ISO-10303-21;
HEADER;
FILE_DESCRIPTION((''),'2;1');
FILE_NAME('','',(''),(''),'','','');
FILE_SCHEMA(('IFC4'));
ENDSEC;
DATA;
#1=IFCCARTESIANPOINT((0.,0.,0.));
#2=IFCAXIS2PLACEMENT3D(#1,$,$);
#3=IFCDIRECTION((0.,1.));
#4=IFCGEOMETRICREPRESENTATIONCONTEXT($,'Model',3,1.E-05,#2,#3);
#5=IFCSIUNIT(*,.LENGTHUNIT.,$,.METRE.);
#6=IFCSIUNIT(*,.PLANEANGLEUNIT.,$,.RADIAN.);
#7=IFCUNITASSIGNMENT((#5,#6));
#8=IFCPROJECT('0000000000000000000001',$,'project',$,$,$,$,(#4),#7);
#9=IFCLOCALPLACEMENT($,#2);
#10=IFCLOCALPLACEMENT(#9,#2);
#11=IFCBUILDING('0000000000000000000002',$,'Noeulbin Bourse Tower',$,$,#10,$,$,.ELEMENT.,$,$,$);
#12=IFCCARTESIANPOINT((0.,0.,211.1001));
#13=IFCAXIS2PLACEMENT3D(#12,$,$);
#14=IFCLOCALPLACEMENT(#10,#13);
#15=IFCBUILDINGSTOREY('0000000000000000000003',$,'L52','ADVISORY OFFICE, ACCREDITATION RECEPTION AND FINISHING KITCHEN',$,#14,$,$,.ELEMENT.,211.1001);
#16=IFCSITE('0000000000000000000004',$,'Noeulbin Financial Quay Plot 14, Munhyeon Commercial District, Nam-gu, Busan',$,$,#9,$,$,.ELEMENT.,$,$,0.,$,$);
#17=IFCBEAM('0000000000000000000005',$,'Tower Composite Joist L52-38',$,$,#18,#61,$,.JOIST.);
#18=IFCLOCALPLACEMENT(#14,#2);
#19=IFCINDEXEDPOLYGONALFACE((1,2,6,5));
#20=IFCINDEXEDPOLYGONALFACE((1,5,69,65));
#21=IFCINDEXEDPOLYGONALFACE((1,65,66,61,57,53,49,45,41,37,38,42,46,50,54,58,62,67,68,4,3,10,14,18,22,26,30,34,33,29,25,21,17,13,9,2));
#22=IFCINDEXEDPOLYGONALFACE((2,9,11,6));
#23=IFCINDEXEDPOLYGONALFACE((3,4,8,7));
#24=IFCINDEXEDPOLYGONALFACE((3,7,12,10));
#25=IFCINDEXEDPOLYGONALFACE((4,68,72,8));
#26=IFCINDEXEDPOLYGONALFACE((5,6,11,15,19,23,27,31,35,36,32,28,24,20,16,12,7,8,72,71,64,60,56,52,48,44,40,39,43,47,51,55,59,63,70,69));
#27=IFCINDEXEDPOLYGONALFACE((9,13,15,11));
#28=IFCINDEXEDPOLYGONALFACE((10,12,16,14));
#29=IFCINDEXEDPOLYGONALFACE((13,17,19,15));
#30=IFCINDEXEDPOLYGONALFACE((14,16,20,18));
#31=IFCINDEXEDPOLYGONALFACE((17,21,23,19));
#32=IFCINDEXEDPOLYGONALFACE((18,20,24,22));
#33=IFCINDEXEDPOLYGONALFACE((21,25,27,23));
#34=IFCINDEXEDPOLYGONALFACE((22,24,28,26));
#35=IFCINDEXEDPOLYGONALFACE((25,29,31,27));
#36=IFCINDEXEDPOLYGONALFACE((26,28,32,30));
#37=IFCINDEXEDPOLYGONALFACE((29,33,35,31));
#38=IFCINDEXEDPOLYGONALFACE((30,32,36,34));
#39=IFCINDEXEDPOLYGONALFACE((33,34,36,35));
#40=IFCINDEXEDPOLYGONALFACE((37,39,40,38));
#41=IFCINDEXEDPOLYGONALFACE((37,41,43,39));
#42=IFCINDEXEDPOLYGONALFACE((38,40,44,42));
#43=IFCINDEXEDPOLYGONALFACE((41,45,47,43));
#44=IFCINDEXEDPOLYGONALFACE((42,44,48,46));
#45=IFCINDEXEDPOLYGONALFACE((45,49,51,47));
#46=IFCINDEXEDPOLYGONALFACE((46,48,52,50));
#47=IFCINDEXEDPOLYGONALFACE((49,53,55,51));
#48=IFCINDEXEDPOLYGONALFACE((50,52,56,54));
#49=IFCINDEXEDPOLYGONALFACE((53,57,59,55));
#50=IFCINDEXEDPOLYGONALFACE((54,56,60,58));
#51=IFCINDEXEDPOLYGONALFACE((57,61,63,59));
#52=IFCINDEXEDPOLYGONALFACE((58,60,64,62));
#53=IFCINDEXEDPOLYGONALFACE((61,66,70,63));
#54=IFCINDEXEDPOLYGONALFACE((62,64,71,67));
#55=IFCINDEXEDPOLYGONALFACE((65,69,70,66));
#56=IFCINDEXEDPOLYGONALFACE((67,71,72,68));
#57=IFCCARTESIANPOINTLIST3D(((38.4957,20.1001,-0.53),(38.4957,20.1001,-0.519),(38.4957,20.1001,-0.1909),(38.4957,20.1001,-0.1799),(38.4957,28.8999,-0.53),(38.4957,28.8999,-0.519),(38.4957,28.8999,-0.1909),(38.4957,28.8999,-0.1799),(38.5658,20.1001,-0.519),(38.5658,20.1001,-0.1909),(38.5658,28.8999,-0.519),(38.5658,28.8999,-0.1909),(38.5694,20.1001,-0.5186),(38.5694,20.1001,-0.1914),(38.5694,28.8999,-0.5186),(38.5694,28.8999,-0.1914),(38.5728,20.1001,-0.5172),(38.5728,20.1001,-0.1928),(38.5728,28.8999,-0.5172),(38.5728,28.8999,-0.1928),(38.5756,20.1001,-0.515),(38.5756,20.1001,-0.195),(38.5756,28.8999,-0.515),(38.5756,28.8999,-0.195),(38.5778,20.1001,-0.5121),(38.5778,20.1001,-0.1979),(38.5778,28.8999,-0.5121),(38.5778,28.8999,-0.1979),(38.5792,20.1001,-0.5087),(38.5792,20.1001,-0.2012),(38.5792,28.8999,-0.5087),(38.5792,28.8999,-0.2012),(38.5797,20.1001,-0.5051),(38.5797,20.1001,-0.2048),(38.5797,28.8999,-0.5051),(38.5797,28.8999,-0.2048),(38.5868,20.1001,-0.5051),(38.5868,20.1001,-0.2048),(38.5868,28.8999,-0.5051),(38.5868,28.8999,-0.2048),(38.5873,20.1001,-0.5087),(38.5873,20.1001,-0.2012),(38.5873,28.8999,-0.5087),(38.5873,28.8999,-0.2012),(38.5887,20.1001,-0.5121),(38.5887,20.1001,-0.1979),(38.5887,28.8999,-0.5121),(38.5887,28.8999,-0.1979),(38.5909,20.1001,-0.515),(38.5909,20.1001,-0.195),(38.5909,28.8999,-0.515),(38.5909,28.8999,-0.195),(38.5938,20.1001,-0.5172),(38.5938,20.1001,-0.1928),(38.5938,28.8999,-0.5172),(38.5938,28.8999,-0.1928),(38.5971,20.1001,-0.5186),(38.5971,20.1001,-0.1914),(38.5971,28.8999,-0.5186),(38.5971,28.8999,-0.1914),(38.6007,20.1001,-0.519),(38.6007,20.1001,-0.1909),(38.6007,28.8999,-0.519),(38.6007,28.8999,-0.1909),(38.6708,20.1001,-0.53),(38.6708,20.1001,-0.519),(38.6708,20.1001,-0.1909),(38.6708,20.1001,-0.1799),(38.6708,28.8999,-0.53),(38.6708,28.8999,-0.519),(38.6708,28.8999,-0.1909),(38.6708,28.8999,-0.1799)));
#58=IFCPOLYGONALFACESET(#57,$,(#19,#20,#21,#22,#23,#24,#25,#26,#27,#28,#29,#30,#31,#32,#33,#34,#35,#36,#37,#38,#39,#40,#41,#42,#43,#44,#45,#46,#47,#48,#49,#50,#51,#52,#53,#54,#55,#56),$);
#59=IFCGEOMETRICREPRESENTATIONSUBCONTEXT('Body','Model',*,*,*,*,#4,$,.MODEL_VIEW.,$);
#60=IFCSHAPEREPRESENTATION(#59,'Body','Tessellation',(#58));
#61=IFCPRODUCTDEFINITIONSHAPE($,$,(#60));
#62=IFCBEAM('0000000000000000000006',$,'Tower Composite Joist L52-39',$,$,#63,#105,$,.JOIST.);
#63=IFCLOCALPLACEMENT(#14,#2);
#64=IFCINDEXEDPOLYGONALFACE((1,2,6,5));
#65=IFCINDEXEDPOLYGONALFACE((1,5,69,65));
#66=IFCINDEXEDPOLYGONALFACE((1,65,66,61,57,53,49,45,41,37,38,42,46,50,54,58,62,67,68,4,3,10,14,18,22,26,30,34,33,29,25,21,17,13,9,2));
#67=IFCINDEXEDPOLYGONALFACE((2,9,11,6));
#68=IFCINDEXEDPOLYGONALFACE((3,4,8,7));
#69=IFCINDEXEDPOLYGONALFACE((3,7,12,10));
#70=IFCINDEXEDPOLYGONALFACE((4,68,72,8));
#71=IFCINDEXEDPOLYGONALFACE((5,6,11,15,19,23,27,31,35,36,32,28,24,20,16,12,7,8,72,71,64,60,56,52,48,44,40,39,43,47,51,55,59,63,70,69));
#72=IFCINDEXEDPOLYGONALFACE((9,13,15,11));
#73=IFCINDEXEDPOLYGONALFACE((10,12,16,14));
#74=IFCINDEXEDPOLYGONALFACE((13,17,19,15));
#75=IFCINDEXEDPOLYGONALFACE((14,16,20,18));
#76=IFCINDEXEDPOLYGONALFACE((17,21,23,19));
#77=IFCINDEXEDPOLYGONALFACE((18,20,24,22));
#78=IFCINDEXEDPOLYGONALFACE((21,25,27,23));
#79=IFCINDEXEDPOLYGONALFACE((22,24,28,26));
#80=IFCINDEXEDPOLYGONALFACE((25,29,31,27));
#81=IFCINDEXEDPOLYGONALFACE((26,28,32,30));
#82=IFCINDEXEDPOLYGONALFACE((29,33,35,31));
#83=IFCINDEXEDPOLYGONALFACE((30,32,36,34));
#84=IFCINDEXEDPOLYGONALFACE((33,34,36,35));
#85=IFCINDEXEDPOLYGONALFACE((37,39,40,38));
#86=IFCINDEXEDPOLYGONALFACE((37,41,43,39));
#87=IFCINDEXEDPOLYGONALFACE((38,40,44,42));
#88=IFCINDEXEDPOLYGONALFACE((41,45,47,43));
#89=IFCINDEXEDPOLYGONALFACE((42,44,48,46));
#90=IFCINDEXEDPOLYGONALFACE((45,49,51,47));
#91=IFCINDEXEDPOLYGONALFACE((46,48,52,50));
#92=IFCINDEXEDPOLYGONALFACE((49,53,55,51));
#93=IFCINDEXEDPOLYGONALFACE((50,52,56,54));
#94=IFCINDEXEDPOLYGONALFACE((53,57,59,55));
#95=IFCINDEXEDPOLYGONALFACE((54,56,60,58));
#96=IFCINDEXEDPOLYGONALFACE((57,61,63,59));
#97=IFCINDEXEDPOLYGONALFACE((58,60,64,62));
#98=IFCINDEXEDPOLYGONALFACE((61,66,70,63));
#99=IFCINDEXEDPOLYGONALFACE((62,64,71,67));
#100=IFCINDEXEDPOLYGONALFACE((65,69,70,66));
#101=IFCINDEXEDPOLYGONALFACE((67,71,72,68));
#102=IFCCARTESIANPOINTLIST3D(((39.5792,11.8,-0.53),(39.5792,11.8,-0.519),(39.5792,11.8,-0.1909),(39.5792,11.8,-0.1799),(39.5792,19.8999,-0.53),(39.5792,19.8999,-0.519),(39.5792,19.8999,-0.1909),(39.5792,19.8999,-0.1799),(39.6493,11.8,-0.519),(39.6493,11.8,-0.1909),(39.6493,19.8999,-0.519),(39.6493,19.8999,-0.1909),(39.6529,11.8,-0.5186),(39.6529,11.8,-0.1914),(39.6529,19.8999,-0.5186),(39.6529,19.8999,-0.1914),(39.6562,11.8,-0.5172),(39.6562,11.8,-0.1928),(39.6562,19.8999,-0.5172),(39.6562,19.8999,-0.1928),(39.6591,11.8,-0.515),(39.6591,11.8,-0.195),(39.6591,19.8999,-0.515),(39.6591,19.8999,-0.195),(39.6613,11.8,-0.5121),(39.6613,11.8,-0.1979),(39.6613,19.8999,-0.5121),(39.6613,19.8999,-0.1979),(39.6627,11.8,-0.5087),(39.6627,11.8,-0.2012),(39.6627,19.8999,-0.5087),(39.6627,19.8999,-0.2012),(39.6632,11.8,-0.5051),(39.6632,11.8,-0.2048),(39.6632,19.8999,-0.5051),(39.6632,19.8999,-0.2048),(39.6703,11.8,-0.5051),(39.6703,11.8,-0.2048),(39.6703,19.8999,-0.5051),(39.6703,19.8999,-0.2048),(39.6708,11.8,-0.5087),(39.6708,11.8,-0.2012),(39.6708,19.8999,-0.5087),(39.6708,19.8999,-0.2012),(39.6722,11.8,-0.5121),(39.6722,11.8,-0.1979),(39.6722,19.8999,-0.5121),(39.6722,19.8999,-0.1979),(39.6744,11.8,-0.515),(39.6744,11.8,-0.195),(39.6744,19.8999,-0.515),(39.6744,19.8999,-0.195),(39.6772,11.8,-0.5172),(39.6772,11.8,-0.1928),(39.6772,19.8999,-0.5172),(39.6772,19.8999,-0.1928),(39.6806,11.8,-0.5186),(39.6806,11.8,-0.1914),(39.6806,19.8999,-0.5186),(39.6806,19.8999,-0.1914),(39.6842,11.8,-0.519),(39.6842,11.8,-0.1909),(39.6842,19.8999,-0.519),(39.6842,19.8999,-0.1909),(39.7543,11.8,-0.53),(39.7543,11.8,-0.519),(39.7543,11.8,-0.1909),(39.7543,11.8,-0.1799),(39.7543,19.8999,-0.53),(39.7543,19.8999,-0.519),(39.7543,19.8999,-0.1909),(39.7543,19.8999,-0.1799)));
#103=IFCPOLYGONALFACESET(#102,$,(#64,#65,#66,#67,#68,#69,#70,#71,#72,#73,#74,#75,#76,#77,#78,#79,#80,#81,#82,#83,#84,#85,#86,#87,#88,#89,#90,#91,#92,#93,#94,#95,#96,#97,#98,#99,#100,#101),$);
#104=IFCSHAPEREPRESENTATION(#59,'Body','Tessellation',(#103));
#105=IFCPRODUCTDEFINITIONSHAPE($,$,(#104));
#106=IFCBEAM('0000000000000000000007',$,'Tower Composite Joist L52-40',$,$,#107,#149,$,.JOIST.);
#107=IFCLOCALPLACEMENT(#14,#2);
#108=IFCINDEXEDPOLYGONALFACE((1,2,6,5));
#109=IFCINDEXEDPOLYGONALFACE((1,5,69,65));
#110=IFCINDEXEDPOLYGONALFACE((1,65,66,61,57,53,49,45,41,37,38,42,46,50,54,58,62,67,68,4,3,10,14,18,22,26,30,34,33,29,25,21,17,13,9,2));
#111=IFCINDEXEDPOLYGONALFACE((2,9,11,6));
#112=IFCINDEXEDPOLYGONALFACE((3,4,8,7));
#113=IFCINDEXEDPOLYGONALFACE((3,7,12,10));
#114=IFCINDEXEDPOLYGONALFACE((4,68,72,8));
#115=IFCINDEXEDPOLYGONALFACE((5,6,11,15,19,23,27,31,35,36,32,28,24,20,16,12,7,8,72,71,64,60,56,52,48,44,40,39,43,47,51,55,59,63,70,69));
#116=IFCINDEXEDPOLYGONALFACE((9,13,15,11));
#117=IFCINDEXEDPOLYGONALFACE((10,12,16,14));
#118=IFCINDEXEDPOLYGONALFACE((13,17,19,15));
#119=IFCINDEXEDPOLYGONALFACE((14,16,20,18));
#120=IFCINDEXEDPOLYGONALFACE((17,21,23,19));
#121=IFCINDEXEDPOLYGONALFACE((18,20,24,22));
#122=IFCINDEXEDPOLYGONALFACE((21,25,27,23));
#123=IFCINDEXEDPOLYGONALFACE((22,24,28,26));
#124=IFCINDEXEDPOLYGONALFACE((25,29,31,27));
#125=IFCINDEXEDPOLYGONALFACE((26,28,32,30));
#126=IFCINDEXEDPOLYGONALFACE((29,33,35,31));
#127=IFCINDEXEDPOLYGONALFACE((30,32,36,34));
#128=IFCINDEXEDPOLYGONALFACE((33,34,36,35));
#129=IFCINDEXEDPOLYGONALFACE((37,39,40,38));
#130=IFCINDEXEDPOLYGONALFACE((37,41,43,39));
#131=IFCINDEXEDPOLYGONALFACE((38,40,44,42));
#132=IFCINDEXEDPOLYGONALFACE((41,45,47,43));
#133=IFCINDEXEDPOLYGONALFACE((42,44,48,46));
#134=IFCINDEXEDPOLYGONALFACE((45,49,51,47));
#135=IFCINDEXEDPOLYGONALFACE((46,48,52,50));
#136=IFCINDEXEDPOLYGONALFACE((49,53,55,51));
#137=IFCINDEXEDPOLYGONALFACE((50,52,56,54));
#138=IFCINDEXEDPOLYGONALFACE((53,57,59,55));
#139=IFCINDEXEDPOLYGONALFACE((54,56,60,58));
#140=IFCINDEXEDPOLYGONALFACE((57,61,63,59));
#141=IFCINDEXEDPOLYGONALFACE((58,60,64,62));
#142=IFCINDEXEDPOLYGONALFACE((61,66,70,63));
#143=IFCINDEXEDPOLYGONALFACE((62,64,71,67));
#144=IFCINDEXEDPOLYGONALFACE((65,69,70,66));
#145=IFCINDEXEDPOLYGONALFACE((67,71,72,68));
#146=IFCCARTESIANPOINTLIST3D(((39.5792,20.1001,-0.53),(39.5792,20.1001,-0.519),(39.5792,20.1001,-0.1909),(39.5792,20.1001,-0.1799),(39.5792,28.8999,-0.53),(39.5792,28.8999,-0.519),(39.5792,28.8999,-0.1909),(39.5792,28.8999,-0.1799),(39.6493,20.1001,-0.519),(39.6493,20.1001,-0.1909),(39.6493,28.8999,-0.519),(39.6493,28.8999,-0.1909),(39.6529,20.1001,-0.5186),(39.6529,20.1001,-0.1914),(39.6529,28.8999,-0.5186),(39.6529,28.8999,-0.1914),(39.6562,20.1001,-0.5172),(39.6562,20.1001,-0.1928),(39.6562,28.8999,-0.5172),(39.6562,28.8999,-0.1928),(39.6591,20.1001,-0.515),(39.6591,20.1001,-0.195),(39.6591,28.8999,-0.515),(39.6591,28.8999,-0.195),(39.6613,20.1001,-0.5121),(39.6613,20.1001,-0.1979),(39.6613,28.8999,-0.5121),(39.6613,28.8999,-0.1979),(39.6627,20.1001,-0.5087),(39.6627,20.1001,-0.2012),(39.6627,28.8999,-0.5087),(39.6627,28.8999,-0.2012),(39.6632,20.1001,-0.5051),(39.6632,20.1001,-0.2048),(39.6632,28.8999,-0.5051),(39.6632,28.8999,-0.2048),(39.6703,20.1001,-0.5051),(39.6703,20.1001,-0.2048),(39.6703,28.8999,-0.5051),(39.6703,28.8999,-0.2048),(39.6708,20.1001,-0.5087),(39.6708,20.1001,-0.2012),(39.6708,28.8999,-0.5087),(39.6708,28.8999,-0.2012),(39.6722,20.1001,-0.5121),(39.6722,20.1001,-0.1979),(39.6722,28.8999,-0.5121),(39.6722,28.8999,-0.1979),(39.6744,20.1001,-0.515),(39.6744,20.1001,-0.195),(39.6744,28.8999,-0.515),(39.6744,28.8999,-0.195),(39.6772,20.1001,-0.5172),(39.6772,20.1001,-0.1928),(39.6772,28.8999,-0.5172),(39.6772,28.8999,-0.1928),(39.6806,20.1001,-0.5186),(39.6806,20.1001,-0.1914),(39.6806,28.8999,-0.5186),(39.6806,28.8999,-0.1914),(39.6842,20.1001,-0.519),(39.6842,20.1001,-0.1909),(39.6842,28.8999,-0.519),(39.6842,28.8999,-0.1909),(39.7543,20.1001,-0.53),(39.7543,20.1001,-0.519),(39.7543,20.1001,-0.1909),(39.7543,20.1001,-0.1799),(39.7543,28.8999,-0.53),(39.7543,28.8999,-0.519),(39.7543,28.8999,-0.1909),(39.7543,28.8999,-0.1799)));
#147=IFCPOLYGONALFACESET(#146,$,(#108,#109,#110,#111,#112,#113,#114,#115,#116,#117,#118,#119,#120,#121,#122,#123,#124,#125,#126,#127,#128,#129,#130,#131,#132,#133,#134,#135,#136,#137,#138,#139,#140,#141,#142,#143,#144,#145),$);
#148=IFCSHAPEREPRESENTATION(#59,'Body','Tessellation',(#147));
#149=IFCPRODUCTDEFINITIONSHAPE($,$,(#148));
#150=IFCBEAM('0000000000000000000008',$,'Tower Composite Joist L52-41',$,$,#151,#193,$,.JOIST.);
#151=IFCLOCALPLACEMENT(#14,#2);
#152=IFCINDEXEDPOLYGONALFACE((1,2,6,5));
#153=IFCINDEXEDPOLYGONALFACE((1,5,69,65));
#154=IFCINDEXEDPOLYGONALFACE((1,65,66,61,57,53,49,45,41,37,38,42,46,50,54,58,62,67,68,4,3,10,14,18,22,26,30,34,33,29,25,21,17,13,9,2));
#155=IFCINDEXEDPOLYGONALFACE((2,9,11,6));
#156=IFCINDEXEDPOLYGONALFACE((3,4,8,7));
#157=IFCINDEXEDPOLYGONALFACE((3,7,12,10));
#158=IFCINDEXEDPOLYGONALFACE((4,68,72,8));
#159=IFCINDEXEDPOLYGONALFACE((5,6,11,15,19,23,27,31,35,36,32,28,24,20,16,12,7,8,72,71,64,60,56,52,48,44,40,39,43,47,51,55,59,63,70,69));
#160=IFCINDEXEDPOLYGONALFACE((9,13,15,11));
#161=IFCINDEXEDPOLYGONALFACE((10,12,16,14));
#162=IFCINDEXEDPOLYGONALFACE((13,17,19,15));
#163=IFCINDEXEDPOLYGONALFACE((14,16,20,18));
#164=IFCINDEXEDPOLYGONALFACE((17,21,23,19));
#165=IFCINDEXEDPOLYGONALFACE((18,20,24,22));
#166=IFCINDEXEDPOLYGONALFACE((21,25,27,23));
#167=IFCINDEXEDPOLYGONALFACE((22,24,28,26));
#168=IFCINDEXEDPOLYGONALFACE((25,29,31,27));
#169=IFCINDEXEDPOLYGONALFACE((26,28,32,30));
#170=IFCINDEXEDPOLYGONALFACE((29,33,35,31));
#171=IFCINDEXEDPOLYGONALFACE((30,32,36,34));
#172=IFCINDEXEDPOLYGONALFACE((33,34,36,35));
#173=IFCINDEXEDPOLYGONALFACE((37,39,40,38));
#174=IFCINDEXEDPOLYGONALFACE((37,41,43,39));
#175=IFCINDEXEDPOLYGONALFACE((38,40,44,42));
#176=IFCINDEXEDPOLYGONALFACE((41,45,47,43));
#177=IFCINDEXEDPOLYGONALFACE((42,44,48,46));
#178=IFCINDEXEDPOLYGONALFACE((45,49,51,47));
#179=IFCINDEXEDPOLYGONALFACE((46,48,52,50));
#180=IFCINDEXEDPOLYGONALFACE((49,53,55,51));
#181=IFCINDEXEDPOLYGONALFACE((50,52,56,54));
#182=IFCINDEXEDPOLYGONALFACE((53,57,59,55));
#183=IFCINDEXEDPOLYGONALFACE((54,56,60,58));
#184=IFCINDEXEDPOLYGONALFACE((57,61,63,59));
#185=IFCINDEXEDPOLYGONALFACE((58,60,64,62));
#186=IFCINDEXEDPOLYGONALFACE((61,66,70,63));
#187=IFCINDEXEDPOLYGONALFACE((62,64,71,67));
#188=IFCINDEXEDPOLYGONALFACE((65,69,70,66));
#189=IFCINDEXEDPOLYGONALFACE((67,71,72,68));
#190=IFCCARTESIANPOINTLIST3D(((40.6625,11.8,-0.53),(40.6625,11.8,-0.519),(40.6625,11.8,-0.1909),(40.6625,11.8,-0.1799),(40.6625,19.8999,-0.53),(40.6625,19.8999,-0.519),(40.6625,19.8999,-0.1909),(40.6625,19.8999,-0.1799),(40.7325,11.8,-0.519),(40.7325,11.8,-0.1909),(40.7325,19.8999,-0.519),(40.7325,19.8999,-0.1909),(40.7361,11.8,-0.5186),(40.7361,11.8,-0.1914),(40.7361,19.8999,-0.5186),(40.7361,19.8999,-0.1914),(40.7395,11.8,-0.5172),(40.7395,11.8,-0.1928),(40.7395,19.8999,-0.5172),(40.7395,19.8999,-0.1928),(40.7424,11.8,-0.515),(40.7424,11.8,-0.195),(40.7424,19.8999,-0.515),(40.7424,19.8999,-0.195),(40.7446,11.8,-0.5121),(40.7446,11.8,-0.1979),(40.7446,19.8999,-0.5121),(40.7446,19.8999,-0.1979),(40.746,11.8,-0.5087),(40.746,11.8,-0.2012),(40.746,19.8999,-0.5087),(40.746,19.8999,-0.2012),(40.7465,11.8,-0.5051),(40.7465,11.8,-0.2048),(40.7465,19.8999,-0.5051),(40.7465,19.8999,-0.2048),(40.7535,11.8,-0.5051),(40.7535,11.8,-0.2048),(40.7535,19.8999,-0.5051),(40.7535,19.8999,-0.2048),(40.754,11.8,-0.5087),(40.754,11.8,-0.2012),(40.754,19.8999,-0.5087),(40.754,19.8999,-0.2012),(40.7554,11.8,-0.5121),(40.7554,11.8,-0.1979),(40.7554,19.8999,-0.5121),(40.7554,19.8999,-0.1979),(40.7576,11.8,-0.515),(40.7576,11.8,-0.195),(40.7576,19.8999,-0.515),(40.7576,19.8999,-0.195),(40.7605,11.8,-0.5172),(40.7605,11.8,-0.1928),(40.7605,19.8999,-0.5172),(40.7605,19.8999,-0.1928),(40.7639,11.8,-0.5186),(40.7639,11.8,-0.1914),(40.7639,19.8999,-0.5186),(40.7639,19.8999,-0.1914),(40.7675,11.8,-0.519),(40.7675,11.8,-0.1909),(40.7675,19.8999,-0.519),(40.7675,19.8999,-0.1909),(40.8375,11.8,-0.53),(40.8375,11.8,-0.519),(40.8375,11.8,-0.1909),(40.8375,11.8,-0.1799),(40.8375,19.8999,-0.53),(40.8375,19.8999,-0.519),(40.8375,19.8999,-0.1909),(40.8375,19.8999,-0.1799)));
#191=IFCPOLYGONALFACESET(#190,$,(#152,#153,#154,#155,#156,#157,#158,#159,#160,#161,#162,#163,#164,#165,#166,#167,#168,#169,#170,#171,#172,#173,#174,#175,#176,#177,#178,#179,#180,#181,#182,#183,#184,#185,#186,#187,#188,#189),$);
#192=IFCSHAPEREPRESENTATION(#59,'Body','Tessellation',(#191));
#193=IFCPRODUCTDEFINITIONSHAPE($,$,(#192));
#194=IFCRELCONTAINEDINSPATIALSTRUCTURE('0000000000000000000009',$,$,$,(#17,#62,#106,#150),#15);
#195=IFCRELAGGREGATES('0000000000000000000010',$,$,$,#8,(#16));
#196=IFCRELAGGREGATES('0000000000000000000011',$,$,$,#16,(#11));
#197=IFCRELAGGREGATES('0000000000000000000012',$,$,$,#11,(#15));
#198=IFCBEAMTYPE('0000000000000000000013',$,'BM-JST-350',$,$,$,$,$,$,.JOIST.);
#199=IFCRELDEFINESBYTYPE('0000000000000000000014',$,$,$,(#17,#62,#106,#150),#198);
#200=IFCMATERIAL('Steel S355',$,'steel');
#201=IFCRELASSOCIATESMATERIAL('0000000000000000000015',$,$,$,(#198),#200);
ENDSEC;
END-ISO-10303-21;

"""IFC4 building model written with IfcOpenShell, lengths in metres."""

from ifc_helpers import new_model, si_unit, direction, frame, origin, origin_2d, place, context, subcontext, project, spatial, i_section, extrude, material, material_profile, profile_set, type_object, element, save


model = new_model("IFC4")

# Units and contexts
model_context = context("Model", 3, precision=1e-05, world=origin(), true_north=direction((0.0, 1.0)))
body_context = subcontext(model_context, "Body", "Model", "MODEL_VIEW")
ifc_project = project(units=[si_unit("LENGTHUNIT", "METRE"), si_unit("PLANEANGLEUNIT", "RADIAN")], contexts=[model_context])

# Site, building, storey
site_placement = place(None, origin())
site = spatial("IfcSite", under=ifc_project, at=site_placement, Name="Noeulbin Financial Quay Plot 14, Munhyeon Commercial District, Nam-gu, Busan", CompositionType="ELEMENT", RefElevation=0.0)
building_placement = place(site_placement, origin())
building = spatial("IfcBuilding", under=site, at=building_placement, Name="Noeulbin Bourse Tower", CompositionType="ELEMENT")
storey_placement = place(building_placement, frame((0.0, 0.0, 211.1001)))
storey = spatial("IfcBuildingStorey", under=building, at=storey_placement, Name="L52", Description="ADVISORY OFFICE, ACCREDITATION RECEPTION AND FINISHING KITCHEN", CompositionType="ELEMENT", Elevation=211.1001)

# Shared definitions
ifc_material_1 = material(Name="Steel S355", Category="steel")

# Beams
ifc_material_profile_1 = material_profile(ifc_material_1, i_section(OverallWidth=0.175, OverallDepth=0.3501, WebThickness=0.0071, FlangeThickness=0.011, FilletRadius=0.0139, at=origin_2d()), Name="H-350x175x7x11", Category="LoadBearing")
ifc_profile_set_1 = profile_set([ifc_material_profile_1], Name="Steel S355")
beam_type_1 = type_object("IfcBeamType", Name="BM-JST-350", PredefinedType="JOIST", material=ifc_profile_set_1)
beam_1_placement = place(storey_placement, frame((38.5833, 20.1001, -0.355), z_axis=(0.0, 1.0, 0.0), x_axis=(-1.0, 0.0, 0.0)))
element("IfcBeam", 1, at=beam_1_placement, inside=storey, type_object=beam_type_1, Name="Tower Composite Joist L52-38", PredefinedType="JOIST", context=body_context, shape_type="SweptSolid", body=[
    extrude(i_section(OverallWidth=0.175, OverallDepth=0.3501, WebThickness=0.0071, FlangeThickness=0.011, FilletRadius=0.0139, at=origin_2d()), origin(), (0.0, 0.0, 1.0), 8.7998),
])
beam_2_placement = place(storey_placement, frame((39.6667, 11.8, -0.355), z_axis=(0.0, 1.0, 0.0), x_axis=(-1.0, 0.0, 0.0)))
element("IfcBeam", 2, at=beam_2_placement, inside=storey, type_object=beam_type_1, Name="Tower Composite Joist L52-39", PredefinedType="JOIST", context=body_context, shape_type="SweptSolid", body=[
    extrude(i_section(OverallWidth=0.175, OverallDepth=0.3501, WebThickness=0.0071, FlangeThickness=0.011, FilletRadius=0.0139, at=origin_2d()), origin(), (0.0, 0.0, 1.0), 8.0999),
])
beam_3_placement = place(storey_placement, frame((39.6667, 20.1001, -0.355), z_axis=(0.0, 1.0, 0.0), x_axis=(-1.0, 0.0, 0.0)))
element("IfcBeam", 3, at=beam_3_placement, inside=storey, type_object=beam_type_1, Name="Tower Composite Joist L52-40", PredefinedType="JOIST", context=body_context, shape_type="SweptSolid", body=[
    extrude(i_section(OverallWidth=0.175, OverallDepth=0.3501, WebThickness=0.0071, FlangeThickness=0.011, FilletRadius=0.0139, at=origin_2d()), origin(), (0.0, 0.0, 1.0), 8.7998),
])
for number, where, z_axis, x_axis, name in (
    (4, (40.75, 11.8, -0.355), (0.0, 1.0, 0.0), (-1.0, 0.0, 0.0), "Tower Composite Joist L52-41"),
):
    element("IfcBeam", number, at=place(storey_placement, frame(where, z_axis=z_axis, x_axis=x_axis)), inside=storey, type_object=beam_type_1, Name=name, PredefinedType="JOIST", context=body_context, shape_type="SweptSolid", body=[
        extrude(i_section(OverallWidth=0.175, OverallDepth=0.3501, WebThickness=0.0071, FlangeThickness=0.011, FilletRadius=0.0139, at=origin_2d()), origin(), (0.0, 0.0, 1.0), 8.0999),
    ])

save(model, "model.ifc")
